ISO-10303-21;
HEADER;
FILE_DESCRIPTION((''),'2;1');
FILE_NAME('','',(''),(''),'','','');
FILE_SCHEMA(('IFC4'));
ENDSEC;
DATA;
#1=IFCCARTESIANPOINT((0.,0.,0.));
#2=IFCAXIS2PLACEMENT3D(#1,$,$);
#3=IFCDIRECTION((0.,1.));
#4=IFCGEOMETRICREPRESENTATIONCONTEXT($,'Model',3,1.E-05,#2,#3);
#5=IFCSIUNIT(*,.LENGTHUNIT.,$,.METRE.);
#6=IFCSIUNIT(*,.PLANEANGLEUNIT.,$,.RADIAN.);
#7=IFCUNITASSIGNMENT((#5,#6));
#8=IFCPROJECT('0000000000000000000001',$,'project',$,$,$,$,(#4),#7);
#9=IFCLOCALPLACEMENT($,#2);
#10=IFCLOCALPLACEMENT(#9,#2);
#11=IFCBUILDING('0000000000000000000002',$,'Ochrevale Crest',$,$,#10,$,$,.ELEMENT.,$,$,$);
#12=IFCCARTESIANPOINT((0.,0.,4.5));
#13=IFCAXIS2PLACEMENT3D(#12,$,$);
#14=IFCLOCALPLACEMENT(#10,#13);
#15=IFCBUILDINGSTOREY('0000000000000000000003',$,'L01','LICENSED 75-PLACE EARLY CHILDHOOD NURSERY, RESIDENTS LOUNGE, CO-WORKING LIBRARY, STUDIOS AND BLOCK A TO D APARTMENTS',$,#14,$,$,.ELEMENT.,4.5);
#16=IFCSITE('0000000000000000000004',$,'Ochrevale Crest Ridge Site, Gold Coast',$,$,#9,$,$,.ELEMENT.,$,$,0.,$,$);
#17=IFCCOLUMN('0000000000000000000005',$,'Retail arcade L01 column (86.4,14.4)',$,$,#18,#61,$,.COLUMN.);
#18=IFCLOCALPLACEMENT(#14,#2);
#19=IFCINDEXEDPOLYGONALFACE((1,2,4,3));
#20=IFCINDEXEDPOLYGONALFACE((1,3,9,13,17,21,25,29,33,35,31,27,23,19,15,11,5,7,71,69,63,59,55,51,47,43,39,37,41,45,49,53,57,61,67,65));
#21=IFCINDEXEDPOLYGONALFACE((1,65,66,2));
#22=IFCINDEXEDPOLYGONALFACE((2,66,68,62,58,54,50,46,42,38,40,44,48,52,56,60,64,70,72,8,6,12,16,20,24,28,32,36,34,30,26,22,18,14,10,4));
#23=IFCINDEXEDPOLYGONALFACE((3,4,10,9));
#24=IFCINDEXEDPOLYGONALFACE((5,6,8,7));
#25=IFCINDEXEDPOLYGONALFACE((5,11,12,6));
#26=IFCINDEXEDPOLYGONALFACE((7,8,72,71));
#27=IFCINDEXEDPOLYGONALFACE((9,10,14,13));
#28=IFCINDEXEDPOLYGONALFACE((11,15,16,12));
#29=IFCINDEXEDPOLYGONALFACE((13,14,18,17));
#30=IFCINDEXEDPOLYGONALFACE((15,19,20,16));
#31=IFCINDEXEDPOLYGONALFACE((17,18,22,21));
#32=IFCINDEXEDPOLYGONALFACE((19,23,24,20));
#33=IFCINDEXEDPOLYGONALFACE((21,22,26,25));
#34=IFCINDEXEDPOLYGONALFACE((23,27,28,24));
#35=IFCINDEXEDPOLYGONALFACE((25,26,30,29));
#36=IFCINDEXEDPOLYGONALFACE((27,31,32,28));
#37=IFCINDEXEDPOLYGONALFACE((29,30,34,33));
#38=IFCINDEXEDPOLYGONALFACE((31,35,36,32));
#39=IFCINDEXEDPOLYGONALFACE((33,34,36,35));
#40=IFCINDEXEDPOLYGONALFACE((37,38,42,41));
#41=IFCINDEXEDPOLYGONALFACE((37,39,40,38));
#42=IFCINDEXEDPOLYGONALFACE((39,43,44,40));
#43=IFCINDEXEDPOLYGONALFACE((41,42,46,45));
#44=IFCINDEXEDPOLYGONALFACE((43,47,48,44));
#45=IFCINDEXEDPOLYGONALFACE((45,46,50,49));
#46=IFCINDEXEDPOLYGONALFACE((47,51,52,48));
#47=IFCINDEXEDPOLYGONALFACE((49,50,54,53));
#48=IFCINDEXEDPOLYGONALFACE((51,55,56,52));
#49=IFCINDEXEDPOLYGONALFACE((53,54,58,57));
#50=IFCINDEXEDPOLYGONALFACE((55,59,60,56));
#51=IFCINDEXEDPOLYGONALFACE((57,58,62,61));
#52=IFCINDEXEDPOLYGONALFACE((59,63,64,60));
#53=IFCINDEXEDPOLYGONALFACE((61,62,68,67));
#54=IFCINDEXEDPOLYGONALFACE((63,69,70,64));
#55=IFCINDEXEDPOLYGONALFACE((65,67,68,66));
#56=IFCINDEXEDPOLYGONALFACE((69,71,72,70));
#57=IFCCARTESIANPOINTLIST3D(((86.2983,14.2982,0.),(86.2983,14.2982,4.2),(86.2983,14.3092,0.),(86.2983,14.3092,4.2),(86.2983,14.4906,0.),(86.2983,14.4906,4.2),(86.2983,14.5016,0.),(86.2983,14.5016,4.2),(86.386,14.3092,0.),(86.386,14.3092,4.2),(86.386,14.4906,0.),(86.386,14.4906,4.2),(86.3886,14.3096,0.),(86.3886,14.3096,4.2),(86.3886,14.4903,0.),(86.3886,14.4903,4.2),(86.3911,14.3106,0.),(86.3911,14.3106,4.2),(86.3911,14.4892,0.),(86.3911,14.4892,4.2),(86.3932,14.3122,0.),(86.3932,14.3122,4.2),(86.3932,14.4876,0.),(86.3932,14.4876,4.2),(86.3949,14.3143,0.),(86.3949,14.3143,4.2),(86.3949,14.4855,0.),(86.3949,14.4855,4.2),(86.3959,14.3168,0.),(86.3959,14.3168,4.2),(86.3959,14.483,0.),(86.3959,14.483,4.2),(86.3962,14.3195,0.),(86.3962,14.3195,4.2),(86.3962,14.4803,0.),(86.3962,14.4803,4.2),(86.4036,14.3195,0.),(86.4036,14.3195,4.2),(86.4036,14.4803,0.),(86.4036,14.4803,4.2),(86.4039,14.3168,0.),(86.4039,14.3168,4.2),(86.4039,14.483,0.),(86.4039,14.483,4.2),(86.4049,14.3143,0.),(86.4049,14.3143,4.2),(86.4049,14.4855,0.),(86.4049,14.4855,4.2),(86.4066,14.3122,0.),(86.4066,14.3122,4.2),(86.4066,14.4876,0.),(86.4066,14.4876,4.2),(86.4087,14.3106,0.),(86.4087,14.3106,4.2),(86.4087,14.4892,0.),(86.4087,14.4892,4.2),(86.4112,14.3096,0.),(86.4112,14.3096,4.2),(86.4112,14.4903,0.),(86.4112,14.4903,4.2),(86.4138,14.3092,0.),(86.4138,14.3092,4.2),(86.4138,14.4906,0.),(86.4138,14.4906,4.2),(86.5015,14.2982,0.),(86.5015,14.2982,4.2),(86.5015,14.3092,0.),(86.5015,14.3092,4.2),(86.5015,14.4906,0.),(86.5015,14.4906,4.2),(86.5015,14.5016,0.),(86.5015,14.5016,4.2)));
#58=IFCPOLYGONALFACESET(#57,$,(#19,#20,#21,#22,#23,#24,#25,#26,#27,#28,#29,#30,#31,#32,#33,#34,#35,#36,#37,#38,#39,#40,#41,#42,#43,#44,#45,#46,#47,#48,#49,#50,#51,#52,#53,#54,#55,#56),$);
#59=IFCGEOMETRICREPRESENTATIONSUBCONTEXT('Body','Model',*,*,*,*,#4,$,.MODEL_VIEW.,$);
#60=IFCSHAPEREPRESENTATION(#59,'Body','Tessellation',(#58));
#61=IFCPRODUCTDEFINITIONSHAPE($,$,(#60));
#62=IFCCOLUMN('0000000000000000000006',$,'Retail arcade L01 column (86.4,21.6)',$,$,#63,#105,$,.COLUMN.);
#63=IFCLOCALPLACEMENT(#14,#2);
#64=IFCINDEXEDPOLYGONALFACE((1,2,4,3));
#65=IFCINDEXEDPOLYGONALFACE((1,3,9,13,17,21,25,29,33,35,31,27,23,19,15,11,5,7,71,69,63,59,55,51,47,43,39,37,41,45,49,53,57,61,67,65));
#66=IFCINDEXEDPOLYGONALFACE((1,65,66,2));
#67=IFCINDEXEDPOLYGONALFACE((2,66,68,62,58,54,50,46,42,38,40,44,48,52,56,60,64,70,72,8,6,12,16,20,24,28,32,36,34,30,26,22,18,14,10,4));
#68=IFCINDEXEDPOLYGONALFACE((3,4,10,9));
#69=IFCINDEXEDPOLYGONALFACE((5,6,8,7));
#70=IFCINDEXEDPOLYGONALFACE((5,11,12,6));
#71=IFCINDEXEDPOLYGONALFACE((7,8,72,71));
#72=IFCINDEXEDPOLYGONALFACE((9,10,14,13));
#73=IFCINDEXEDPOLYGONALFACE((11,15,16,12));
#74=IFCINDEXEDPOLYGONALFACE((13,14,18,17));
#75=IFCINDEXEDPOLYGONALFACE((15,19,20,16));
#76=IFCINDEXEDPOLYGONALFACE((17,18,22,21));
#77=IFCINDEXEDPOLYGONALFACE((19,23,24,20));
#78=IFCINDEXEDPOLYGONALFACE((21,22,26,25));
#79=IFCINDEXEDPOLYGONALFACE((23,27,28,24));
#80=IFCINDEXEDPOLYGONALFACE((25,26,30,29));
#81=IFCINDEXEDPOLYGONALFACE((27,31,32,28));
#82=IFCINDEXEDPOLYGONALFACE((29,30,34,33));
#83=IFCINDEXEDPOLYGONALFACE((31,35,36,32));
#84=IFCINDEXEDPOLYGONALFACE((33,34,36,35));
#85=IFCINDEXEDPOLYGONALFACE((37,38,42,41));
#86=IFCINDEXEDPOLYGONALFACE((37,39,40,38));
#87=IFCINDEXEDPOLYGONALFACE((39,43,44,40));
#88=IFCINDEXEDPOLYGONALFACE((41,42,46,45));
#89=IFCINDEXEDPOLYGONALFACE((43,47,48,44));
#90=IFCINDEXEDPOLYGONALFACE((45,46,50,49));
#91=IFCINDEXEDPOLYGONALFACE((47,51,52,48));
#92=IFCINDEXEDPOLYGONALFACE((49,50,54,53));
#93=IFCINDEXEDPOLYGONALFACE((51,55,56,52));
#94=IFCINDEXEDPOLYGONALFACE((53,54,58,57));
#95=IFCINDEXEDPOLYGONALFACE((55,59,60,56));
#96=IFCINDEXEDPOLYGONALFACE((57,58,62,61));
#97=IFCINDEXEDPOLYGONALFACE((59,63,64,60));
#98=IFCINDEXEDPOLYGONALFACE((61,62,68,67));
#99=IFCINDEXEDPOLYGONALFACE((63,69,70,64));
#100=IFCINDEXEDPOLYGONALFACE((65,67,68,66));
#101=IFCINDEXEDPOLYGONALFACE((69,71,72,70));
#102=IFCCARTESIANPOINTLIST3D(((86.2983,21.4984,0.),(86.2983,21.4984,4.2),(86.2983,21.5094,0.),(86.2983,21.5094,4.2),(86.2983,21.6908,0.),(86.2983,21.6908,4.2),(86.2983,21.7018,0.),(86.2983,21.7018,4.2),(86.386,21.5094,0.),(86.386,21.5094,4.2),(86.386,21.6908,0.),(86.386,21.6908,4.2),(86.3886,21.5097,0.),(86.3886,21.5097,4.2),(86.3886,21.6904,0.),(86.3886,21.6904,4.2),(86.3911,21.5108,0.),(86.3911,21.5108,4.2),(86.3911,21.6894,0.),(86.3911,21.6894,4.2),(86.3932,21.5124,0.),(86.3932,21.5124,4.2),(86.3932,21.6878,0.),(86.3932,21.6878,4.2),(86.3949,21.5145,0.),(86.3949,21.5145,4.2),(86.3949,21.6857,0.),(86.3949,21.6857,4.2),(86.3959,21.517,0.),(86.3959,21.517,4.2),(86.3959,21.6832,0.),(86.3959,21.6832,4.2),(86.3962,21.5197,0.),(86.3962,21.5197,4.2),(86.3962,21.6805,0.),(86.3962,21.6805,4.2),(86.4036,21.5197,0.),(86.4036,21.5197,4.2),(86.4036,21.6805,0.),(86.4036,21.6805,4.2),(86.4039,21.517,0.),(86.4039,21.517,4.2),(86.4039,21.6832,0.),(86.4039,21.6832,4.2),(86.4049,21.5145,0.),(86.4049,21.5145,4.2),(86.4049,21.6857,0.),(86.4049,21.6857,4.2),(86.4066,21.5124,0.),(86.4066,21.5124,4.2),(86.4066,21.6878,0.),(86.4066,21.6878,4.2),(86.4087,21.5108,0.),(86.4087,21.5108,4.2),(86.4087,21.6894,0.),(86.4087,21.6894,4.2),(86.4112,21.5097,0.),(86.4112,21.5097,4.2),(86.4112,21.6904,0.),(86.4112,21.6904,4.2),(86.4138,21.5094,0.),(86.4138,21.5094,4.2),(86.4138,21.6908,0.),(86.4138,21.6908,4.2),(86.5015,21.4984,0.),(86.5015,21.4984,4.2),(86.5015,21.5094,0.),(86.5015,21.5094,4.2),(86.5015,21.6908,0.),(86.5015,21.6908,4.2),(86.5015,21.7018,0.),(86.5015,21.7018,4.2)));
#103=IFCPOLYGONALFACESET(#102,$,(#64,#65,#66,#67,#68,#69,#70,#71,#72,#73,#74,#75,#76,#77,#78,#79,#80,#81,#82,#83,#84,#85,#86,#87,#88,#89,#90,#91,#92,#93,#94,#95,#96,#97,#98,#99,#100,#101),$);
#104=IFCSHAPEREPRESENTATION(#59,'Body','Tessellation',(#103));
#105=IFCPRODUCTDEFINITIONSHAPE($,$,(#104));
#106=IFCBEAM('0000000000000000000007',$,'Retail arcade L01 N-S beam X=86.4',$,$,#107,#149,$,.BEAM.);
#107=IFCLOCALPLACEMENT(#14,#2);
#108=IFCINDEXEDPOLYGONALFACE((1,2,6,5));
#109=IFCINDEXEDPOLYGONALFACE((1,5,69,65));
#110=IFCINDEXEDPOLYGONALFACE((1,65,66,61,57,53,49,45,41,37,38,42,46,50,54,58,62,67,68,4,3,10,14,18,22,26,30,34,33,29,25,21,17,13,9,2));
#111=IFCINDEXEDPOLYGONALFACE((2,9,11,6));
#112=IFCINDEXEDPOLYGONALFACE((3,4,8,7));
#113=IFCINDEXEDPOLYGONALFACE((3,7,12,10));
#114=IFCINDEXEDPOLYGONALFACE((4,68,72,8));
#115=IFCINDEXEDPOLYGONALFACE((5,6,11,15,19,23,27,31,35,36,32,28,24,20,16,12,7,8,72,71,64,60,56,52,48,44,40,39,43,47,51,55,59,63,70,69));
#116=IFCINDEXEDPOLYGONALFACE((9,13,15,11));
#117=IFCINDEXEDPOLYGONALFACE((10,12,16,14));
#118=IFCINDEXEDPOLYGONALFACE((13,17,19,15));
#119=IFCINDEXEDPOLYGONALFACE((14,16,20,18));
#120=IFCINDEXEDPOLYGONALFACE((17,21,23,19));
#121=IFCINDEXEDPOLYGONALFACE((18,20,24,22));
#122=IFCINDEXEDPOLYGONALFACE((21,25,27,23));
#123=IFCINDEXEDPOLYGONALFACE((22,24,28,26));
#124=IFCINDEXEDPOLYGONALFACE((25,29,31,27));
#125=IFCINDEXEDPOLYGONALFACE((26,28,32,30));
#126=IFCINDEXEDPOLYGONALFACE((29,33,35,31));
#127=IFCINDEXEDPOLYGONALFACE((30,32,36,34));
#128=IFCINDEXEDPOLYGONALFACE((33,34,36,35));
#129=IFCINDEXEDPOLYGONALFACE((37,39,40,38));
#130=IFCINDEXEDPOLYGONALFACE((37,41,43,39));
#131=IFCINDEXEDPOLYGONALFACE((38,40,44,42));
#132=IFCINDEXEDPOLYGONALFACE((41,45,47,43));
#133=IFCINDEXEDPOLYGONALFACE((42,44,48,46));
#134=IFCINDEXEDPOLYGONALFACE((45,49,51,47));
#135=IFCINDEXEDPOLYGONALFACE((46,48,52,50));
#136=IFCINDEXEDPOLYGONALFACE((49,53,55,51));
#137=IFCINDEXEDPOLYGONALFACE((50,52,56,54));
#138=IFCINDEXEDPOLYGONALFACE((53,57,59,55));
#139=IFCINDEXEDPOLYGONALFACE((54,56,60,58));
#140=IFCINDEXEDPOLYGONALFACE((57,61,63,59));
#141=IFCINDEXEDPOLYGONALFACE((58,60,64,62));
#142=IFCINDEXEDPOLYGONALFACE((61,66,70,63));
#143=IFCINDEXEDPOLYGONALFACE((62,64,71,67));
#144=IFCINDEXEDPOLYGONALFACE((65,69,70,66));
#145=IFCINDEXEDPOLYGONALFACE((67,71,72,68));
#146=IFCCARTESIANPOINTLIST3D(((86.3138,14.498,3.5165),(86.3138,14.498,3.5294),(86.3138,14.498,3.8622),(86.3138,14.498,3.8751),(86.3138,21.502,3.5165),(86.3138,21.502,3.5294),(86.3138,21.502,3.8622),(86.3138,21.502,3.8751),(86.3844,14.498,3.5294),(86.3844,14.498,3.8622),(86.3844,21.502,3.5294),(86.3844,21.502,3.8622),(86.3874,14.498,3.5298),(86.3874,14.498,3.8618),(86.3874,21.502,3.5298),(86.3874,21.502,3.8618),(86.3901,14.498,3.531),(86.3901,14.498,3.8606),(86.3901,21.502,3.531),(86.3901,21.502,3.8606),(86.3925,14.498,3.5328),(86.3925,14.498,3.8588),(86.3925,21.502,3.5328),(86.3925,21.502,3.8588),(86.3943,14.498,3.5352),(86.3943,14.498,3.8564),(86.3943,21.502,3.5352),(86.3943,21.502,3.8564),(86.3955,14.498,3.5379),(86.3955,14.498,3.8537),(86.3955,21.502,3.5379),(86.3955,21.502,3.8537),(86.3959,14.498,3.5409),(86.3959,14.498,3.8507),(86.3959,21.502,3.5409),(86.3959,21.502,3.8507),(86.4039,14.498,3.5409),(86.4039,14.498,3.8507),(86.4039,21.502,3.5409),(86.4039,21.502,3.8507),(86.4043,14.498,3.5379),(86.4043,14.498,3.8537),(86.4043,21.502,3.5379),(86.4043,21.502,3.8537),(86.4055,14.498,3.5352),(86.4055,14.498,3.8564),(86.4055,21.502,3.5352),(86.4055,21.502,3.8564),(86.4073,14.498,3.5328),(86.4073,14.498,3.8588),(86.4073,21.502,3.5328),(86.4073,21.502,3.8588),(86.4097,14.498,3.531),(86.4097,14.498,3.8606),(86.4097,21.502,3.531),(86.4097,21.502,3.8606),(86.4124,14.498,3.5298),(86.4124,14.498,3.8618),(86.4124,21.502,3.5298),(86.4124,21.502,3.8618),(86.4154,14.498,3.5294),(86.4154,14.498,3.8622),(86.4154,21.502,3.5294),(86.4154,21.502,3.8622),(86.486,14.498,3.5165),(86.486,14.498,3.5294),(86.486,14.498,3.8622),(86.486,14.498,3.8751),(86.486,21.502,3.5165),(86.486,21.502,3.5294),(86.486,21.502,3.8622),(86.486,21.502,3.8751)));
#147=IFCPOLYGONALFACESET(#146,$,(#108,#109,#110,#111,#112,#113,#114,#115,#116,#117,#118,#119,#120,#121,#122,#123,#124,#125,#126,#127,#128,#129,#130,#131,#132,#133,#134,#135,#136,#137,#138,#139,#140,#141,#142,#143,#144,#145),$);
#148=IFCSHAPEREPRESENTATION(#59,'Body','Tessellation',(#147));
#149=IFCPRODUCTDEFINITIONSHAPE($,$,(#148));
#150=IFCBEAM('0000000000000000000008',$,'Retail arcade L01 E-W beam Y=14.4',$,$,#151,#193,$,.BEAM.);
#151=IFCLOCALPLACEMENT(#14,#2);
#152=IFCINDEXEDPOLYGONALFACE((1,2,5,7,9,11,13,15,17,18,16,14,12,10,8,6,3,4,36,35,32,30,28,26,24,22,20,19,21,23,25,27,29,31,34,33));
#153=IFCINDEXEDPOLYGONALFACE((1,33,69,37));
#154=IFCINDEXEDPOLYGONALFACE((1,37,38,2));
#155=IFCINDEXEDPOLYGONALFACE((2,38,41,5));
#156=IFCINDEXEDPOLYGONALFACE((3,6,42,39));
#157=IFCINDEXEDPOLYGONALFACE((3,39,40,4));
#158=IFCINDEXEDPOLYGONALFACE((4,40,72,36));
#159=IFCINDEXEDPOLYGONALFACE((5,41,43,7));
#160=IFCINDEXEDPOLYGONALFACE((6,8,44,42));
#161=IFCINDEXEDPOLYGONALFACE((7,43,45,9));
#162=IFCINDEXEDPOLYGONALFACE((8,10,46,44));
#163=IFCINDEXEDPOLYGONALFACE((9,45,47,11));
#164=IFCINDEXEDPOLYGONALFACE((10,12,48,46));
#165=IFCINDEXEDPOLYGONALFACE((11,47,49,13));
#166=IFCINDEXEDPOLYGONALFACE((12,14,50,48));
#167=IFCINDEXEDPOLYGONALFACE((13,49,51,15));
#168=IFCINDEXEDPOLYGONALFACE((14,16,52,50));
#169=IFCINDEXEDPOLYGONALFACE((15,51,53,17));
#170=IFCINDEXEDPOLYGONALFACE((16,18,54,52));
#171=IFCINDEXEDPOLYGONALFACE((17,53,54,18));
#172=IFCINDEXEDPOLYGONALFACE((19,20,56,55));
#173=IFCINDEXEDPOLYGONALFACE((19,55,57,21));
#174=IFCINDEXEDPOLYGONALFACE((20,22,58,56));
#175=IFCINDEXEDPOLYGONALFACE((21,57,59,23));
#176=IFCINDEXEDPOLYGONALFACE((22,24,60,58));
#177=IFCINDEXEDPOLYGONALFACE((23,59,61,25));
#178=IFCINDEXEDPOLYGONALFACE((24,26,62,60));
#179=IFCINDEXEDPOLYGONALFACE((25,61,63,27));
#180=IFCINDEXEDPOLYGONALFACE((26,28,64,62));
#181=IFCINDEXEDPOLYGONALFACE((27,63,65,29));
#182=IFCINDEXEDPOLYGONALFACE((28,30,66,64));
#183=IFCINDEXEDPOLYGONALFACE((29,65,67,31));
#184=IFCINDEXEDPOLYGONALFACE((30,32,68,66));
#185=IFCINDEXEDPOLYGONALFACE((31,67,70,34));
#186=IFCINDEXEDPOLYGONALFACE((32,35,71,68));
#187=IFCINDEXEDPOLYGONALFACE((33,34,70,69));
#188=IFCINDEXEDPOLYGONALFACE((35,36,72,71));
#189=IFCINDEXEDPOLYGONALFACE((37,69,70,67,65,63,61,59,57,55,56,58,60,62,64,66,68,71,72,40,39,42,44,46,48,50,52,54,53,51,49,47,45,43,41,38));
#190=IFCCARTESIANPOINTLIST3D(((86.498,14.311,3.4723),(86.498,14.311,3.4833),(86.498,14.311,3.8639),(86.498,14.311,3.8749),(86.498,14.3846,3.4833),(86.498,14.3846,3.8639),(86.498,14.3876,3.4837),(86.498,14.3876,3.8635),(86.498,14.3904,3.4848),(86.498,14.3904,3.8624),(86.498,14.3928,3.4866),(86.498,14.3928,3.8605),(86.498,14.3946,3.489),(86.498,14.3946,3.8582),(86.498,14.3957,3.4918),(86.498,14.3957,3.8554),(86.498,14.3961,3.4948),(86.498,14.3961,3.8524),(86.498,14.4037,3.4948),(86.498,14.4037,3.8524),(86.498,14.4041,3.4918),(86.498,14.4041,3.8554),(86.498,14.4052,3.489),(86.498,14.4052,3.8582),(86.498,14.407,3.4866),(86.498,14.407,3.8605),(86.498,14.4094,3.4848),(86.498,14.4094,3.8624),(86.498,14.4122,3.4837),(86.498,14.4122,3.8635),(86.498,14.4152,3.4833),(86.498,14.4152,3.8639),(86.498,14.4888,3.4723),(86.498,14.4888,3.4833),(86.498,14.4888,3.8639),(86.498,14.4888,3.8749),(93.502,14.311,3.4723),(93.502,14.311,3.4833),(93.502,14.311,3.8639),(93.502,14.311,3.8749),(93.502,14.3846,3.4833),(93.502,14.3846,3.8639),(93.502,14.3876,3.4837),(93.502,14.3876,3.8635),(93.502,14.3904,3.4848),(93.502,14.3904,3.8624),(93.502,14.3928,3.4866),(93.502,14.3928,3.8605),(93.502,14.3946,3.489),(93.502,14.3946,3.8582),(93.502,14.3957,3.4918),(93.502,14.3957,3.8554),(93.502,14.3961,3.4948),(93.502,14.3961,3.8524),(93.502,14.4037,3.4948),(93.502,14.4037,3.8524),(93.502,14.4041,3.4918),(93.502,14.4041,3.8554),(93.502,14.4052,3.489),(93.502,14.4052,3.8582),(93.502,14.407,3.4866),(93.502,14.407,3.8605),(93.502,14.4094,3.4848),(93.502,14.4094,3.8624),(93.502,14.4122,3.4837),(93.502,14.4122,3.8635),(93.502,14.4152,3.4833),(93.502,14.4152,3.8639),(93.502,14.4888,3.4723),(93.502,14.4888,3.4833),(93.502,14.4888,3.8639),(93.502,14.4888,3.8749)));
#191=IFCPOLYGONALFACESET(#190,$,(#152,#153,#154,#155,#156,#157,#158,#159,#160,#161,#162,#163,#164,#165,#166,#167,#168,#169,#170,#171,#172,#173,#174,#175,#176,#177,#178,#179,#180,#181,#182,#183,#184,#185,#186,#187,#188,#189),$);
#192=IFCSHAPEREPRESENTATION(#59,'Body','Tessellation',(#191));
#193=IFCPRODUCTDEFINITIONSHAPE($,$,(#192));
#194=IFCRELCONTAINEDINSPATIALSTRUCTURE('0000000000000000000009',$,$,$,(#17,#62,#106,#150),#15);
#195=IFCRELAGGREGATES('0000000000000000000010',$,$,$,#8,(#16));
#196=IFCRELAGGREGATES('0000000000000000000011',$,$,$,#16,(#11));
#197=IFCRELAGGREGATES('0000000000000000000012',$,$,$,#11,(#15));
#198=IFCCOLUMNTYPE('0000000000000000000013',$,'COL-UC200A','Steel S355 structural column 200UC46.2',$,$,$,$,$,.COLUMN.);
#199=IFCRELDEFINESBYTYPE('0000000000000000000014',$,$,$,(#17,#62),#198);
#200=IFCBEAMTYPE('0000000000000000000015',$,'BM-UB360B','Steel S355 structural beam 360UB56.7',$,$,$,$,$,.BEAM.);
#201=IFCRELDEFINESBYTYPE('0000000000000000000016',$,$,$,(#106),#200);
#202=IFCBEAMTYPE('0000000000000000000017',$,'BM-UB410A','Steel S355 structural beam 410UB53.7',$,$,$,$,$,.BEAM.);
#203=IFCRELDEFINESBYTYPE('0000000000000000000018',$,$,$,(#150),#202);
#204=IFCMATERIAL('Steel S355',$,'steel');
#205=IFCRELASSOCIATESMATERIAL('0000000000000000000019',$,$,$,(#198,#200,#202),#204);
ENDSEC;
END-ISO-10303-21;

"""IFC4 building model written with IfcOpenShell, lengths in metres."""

from ifc_helpers import new_model, si_unit, direction, frame, origin, origin_2d, place, context, subcontext, project, spatial, i_section, extrude, material, material_profile, profile_set, type_object, element, save


model = new_model("IFC4")

# Units and contexts
model_context = context("Model", 3, precision=1e-05, world=origin(), true_north=direction((0.0, 1.0)))
body_context = subcontext(model_context, "Body", "Model", "MODEL_VIEW")
ifc_project = project(units=[si_unit("LENGTHUNIT", "METRE"), si_unit("PLANEANGLEUNIT", "RADIAN")], contexts=[model_context])

# Site, building, storey
site_placement = place(None, origin())
site = spatial("IfcSite", under=ifc_project, at=site_placement, Name="Ochrevale Crest Ridge Site, Gold Coast", CompositionType="ELEMENT", RefElevation=0.0)
building_placement = place(site_placement, origin())
building = spatial("IfcBuilding", under=site, at=building_placement, Name="Ochrevale Crest", CompositionType="ELEMENT")
storey_placement = place(building_placement, frame((0.0, 0.0, 4.5)))
storey = spatial("IfcBuildingStorey", under=building, at=storey_placement, Name="L01", Description="LICENSED 75-PLACE EARLY CHILDHOOD NURSERY, RESIDENTS LOUNGE, CO-WORKING LIBRARY, STUDIOS AND BLOCK A TO D APARTMENTS", CompositionType="ELEMENT", Elevation=4.5)

# Columns
ifc_material_1 = material(Name="Steel S355", Category="steel")
ifc_material_profile_1 = material_profile(ifc_material_1, i_section(OverallWidth=0.2031, OverallDepth=0.2034, WebThickness=0.0073, FlangeThickness=0.011, FilletRadius=0.0103, at=origin_2d()), Name="200UC46.2")
ifc_profile_set_1 = profile_set([ifc_material_profile_1], Name="Steel S355")
column_type = type_object("IfcColumnType", Name="COL-UC200A", Description="Steel S355 structural column 200UC46.2", PredefinedType="COLUMN", material=ifc_profile_set_1)
for number, where, z_axis, x_axis, name in (
    (1, (86.3999, 14.3999, 0.0), (0.0, 0.0, 1.0), (1.0, 0.0, 0.0), "Retail arcade L01 column (86.4,14.4)"),
    (2, (86.3999, 21.6001, 0.0), (0.0, 0.0, 1.0), (1.0, 0.0, 0.0), "Retail arcade L01 column (86.4,21.6)"),
):
    element("IfcColumn", number, at=place(storey_placement, frame(where, z_axis=z_axis, x_axis=x_axis)), inside=storey, type_object=column_type, Name=name, PredefinedType="COLUMN", context=body_context, shape_type="SweptSolid", body=[
        extrude(i_section(OverallWidth=0.2031, OverallDepth=0.2034, WebThickness=0.0073, FlangeThickness=0.011, FilletRadius=0.0103, at=origin_2d()), origin(), (0.0, 0.0, 1.0), 4.2),
    ])

# Beams
ifc_material_profile_2 = material_profile(ifc_material_1, i_section(OverallWidth=0.1721, OverallDepth=0.3586, WebThickness=0.0081, FlangeThickness=0.0129, FilletRadius=0.0115, at=origin_2d()), Name="360UB56.7")
ifc_profile_set_2 = profile_set([ifc_material_profile_2], Name="Steel S355")
beam_type_1 = type_object("IfcBeamType", Name="BM-UB360B", Description="Steel S355 structural beam 360UB56.7", PredefinedType="BEAM", material=ifc_profile_set_2)
beam_placement = place(storey_placement, frame((86.3999, 14.498, 3.6958), z_axis=(0.0, 1.0, 0.0), x_axis=(-1.0, 0.0, 0.0)))
element("IfcBeam", 3, at=beam_placement, inside=storey, type_object=beam_type_1, Name="Retail arcade L01 N-S beam X=86.4", PredefinedType="BEAM", context=body_context, shape_type="SweptSolid", body=[
    extrude(i_section(OverallWidth=0.1721, OverallDepth=0.3586, WebThickness=0.0081, FlangeThickness=0.0129, FilletRadius=0.0115, at=origin_2d()), origin(), (0.0, 0.0, 1.0), 7.0039),
])
ifc_material_profile_3 = material_profile(ifc_material_1, i_section(OverallWidth=0.1777, OverallDepth=0.4026, WebThickness=0.0076, FlangeThickness=0.011, FilletRadius=0.0115, at=origin_2d()), Name="410UB53.7")
ifc_profile_set_3 = profile_set([ifc_material_profile_3], Name="Steel S355")
beam_type_2 = type_object("IfcBeamType", Name="BM-UB410A", Description="Steel S355 structural beam 410UB53.7", PredefinedType="BEAM", material=ifc_profile_set_3)
for number, where, z_axis, x_axis, name in (
    (4, (86.498, 14.3999, 3.6736), (1.0, 0.0, 0.0), (0.0, 1.0, 0.0), "Retail arcade L01 E-W beam Y=14.4"),
):
    element("IfcBeam", number, at=place(storey_placement, frame(where, z_axis=z_axis, x_axis=x_axis)), inside=storey, type_object=beam_type_2, Name=name, PredefinedType="BEAM", context=body_context, shape_type="SweptSolid", body=[
        extrude(i_section(OverallWidth=0.1777, OverallDepth=0.4026, WebThickness=0.0076, FlangeThickness=0.011, FilletRadius=0.0115, at=origin_2d()), origin(), (0.0, 0.0, 1.0), 7.0039),
    ])

save(model, "model.ifc")
